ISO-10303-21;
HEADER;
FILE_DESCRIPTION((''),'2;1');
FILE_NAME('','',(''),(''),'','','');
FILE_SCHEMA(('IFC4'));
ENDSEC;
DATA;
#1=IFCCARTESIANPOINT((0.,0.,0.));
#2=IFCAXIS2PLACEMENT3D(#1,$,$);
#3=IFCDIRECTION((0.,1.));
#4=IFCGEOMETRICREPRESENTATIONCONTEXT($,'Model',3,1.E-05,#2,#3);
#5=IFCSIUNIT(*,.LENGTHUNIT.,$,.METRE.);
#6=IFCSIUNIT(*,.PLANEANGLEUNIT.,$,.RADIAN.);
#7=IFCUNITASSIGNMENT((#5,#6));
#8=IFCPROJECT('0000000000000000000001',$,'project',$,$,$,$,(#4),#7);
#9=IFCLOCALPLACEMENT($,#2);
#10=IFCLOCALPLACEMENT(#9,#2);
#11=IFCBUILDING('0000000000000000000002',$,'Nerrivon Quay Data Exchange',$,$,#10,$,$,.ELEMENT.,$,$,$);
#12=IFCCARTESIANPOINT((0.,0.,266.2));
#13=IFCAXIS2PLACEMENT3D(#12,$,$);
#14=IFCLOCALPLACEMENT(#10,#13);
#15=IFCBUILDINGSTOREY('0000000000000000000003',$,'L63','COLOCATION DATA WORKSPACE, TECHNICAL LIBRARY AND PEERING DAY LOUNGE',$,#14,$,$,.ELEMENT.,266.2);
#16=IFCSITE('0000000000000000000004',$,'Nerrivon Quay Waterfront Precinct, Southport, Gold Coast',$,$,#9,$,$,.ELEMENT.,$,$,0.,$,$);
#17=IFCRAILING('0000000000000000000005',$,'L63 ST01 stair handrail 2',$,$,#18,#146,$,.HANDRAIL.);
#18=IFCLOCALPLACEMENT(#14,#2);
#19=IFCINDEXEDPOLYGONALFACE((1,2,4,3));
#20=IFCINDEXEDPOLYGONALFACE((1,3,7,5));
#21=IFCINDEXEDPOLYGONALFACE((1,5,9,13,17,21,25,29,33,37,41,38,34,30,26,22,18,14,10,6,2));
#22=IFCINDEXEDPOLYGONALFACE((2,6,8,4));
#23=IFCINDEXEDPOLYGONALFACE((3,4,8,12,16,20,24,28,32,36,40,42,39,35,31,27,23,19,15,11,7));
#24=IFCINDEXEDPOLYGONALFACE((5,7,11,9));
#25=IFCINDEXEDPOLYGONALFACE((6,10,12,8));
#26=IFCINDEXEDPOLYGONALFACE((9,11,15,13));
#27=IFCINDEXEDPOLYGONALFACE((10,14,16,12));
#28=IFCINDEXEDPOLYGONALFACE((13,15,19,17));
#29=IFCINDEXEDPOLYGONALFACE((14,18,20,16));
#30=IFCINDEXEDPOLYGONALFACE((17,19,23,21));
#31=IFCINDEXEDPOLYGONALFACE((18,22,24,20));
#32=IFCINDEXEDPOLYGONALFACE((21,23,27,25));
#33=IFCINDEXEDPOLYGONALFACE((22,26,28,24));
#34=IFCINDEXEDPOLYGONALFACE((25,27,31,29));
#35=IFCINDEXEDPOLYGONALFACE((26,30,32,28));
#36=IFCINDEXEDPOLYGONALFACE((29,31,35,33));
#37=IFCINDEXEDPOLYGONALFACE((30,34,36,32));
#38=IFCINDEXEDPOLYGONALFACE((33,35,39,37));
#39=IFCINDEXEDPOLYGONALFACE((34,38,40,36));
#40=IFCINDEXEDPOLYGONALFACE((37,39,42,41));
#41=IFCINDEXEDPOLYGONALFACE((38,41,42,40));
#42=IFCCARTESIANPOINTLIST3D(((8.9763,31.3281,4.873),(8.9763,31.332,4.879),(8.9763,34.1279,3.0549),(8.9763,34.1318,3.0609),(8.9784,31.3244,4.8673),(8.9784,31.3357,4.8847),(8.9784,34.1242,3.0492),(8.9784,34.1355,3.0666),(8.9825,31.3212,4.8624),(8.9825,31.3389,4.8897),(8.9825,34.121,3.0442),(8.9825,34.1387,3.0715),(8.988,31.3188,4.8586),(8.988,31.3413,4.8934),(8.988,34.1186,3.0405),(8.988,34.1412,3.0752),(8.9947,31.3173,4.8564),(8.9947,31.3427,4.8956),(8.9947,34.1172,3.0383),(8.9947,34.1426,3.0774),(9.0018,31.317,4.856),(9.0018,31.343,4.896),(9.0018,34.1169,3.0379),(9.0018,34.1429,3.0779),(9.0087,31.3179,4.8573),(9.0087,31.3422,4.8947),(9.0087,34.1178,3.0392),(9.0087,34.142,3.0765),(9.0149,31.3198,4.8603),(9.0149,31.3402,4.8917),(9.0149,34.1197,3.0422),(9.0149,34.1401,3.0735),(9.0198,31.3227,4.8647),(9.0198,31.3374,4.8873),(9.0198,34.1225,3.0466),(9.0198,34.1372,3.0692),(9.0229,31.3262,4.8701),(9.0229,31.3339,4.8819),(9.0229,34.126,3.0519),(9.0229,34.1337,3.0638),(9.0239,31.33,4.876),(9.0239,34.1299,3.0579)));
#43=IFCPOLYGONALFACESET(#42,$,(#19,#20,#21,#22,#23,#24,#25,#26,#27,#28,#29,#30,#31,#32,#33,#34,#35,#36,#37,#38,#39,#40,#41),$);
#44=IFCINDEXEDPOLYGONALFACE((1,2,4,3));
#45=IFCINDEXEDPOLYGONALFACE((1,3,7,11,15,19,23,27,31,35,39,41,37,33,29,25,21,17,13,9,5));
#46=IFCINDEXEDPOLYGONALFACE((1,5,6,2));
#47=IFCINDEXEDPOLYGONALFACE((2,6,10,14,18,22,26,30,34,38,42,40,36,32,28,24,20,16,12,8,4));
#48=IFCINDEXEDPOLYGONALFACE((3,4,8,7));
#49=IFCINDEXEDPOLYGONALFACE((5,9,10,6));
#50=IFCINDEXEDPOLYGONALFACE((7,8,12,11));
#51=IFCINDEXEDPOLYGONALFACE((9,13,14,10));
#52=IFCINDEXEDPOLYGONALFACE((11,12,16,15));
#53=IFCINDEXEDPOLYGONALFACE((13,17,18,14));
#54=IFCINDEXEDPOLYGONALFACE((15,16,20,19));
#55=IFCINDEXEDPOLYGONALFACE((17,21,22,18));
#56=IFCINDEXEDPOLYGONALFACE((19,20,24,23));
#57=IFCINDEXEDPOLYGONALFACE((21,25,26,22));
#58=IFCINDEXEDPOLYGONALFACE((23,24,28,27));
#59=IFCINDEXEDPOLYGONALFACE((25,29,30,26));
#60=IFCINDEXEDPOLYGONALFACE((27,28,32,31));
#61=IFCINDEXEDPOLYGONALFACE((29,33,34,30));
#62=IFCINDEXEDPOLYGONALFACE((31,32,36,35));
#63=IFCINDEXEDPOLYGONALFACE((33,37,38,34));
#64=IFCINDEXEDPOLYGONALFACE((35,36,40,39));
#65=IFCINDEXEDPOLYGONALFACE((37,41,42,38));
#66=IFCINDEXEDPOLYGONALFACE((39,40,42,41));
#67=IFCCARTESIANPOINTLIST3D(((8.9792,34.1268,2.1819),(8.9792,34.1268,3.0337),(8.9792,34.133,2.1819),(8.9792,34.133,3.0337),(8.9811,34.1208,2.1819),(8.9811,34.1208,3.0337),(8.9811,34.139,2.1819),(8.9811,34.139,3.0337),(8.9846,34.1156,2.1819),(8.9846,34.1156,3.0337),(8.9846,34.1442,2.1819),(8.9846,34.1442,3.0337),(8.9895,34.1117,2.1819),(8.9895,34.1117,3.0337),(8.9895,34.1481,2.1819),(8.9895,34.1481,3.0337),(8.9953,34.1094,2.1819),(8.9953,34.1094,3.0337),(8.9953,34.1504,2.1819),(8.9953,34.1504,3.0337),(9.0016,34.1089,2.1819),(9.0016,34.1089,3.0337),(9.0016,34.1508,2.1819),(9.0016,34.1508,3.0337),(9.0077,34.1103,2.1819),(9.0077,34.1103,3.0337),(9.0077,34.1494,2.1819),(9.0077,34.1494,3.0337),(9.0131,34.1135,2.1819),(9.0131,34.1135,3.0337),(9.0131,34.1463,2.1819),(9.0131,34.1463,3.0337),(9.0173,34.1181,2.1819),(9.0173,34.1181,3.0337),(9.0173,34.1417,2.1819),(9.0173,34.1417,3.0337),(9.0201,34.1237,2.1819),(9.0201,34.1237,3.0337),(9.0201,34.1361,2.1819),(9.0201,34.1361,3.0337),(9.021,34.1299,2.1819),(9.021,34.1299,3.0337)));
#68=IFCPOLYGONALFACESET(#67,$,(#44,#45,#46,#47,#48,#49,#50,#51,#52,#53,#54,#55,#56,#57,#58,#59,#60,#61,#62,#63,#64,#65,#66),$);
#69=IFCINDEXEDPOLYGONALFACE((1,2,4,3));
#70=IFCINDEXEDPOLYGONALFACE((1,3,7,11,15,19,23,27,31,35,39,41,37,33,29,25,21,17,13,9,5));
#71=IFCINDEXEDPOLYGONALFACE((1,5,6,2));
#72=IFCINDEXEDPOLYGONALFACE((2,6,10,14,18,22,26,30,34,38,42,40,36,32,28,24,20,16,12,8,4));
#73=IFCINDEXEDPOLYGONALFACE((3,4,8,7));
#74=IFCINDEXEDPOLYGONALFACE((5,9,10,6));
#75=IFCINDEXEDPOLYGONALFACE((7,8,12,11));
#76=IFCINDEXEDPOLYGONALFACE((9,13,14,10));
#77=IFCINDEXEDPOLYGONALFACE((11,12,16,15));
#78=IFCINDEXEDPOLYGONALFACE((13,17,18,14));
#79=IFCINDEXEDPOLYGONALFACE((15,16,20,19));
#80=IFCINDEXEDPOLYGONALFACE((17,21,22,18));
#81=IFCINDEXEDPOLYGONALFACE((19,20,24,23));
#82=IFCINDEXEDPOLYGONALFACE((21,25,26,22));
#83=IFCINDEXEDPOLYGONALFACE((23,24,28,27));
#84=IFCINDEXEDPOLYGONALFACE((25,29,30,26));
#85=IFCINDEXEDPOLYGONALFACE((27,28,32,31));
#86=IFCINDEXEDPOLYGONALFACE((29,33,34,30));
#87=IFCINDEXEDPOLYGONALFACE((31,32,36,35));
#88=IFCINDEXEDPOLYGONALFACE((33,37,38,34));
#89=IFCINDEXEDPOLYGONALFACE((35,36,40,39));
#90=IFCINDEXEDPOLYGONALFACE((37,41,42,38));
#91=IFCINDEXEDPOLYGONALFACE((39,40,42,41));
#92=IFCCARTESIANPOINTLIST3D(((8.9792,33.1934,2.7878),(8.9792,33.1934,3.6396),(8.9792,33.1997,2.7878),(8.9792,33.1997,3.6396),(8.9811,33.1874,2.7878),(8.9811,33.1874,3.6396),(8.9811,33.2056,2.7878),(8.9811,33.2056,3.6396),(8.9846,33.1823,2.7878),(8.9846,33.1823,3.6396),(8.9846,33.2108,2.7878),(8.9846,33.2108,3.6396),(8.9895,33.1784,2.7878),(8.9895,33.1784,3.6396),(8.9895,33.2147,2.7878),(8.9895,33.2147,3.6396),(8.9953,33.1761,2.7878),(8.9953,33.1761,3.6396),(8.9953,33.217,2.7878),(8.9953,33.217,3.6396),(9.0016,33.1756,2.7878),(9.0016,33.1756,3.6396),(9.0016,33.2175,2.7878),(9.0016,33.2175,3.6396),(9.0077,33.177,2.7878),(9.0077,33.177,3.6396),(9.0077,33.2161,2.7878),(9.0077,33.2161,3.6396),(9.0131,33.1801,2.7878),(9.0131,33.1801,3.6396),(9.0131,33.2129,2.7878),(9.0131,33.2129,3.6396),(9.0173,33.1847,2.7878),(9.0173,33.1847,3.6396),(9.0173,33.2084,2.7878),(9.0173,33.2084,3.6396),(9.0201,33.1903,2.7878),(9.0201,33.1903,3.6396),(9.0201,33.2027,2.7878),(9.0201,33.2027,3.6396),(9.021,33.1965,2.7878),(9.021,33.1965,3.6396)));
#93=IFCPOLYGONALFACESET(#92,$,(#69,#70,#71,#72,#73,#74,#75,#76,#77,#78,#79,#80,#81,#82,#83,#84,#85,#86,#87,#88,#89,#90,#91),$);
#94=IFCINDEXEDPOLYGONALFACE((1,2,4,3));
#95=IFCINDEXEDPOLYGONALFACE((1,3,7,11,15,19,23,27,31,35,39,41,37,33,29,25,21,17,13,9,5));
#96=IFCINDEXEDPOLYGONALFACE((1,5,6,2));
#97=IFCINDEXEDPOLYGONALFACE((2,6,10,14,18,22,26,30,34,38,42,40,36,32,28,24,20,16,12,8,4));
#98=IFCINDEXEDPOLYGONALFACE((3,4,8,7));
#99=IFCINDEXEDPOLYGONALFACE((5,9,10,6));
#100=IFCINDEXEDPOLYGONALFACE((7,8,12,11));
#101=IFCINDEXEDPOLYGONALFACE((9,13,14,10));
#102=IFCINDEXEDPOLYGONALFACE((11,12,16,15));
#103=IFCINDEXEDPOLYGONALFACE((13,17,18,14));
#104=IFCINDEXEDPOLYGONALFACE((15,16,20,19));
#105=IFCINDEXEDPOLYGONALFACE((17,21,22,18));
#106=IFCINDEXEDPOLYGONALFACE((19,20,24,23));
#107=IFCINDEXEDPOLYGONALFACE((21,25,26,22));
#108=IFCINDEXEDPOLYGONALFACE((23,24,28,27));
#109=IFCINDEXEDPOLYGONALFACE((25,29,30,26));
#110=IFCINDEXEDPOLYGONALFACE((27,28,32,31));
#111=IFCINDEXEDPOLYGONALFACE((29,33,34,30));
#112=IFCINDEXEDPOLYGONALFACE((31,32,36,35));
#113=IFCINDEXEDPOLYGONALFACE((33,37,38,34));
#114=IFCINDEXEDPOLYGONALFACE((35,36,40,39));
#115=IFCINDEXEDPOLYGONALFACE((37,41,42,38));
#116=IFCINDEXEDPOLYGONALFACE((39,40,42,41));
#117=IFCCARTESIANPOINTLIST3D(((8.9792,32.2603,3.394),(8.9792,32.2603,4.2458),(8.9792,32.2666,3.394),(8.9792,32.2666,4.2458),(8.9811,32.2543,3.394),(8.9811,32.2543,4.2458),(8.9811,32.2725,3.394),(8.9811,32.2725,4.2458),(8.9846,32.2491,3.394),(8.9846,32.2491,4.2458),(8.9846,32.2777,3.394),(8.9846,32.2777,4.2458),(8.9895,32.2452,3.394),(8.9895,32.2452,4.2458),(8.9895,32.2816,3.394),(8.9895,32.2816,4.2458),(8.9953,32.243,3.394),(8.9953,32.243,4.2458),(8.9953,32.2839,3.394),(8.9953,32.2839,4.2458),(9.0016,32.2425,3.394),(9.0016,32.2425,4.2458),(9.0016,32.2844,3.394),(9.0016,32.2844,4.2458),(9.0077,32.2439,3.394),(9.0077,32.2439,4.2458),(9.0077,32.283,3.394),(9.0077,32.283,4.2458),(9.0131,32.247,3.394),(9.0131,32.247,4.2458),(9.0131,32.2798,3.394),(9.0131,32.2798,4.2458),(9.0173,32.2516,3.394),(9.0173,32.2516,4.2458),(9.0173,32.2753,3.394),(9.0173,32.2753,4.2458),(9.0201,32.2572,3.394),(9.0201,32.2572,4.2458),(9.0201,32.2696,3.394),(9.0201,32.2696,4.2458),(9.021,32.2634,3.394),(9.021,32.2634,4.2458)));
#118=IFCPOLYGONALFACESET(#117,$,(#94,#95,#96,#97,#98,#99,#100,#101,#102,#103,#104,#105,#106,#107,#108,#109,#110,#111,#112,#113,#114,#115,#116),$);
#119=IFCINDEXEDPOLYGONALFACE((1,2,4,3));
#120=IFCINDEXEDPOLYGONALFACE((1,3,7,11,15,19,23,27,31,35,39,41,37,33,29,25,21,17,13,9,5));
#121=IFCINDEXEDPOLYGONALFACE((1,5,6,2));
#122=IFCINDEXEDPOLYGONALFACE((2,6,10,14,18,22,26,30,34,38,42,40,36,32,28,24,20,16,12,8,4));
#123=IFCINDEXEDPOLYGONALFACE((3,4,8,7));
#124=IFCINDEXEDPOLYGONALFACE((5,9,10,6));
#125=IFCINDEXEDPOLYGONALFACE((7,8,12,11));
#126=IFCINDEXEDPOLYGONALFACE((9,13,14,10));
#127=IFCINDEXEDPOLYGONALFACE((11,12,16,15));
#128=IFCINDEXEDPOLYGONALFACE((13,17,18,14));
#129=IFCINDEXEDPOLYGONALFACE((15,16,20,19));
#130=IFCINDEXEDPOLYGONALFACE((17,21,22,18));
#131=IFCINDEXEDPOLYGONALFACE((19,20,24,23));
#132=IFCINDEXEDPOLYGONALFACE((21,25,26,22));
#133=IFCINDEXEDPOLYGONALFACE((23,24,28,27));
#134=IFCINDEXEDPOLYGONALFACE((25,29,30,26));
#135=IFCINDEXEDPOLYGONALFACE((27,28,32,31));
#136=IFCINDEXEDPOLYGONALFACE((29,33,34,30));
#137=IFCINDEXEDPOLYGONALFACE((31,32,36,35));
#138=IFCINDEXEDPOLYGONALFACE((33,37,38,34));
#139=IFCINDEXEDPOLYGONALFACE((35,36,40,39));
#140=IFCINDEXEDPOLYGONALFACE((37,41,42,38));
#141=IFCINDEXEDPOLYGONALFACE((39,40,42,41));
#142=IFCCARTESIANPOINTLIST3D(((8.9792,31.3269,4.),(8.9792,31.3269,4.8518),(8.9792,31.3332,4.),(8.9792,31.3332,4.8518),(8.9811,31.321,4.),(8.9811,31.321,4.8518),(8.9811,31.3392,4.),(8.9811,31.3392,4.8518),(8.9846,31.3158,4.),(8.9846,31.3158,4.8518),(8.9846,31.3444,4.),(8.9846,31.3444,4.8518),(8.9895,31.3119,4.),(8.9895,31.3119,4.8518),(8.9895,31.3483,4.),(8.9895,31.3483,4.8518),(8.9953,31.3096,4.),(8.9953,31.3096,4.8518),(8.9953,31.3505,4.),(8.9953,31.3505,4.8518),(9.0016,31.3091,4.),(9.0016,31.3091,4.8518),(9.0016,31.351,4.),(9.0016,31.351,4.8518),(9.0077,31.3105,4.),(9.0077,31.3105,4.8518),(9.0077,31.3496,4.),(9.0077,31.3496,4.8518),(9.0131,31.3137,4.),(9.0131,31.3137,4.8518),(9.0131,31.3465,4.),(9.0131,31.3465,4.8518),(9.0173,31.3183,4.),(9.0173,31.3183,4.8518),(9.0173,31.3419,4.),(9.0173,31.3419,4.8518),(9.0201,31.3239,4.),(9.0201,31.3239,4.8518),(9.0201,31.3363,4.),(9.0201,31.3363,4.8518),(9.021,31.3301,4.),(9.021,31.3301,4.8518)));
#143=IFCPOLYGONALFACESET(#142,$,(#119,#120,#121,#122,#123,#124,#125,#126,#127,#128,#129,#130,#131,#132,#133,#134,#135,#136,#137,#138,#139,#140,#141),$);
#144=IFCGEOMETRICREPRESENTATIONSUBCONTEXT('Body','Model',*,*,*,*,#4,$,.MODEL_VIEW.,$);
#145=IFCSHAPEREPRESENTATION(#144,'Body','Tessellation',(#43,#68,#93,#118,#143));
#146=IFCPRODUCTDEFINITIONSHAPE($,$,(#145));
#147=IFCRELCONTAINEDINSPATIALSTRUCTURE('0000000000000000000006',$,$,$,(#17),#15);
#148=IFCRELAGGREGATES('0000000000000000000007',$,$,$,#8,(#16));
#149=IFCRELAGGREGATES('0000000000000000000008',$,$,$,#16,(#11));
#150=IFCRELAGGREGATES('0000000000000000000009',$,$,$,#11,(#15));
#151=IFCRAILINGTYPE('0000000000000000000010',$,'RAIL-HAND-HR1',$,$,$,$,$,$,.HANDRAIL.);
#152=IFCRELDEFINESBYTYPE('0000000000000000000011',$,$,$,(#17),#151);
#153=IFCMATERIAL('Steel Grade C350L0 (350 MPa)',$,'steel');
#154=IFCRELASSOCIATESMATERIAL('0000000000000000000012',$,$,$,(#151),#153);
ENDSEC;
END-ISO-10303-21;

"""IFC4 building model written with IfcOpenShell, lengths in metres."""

from ifc_helpers import new_model, si_unit, direction, frame, origin, origin_2d, place, context, subcontext, project, spatial, circle, extrude, material, type_object, element, save


model = new_model("IFC4")

# Units and contexts
model_context = context("Model", 3, precision=1e-05, world=origin(), true_north=direction((0.0, 1.0)))
body_context = subcontext(model_context, "Body", "Model", "MODEL_VIEW")
ifc_project = project(units=[si_unit("LENGTHUNIT", "METRE"), si_unit("PLANEANGLEUNIT", "RADIAN")], contexts=[model_context])

# Site, building, storey
site_placement = place(None, origin())
site = spatial("IfcSite", under=ifc_project, at=site_placement, Name="Nerrivon Quay Waterfront Precinct, Southport, Gold Coast", CompositionType="ELEMENT", RefElevation=0.0)
building_placement = place(site_placement, origin())
building = spatial("IfcBuilding", under=site, at=building_placement, Name="Nerrivon Quay Data Exchange", CompositionType="ELEMENT")
storey_placement = place(building_placement, frame((0.0, 0.0, 266.2)))
storey = spatial("IfcBuildingStorey", under=building, at=storey_placement, Name="L63", Description="COLOCATION DATA WORKSPACE, TECHNICAL LIBRARY AND PEERING DAY LOUNGE", CompositionType="ELEMENT", Elevation=266.2)

# Shared definitions
ifc_material_1 = material(Name="Steel Grade C350L0 (350 MPa)", Category="steel")

# Railing
railing_type_1 = type_object("IfcRailingType", Name="RAIL-HAND-HR1", PredefinedType="HANDRAIL", material=ifc_material_1)
railing_1_placement = place(storey_placement, frame((9.0, 34.1299, 2.1819)))
element("IfcRailing", 1, at=railing_1_placement, inside=storey, type_object=railing_type_1, Name="L63 ST01 stair handrail 2", PredefinedType="HANDRAIL", context=body_context, shape_type="SweptSolid", body=[
    extrude(circle(Radius=0.0239, at=origin_2d()), frame((0.0, 0.0, 0.876), z_axis=(0.0, -0.838684, 0.544618), x_axis=(1.0, 0.0, 0.0)), (0.0, 0.0, 1.0), 3.3384),
    extrude(circle(Radius=0.021, at=origin_2d()), origin(), (0.0, 0.0, 1.0), 0.8518),
    extrude(circle(Radius=0.021, at=origin_2d()), frame((0.0, -0.9333, 0.606)), (0.0, 0.0, 1.0), 0.8518),
    extrude(circle(Radius=0.021, at=origin_2d()), frame((0.0, -1.8665, 1.2122)), (0.0, 0.0, 1.0), 0.8518),
    extrude(circle(Radius=0.021, at=origin_2d()), frame((0.0, -2.7998, 1.8181)), (0.0, 0.0, 1.0), 0.8518),
])

save(model, "model.ifc")
